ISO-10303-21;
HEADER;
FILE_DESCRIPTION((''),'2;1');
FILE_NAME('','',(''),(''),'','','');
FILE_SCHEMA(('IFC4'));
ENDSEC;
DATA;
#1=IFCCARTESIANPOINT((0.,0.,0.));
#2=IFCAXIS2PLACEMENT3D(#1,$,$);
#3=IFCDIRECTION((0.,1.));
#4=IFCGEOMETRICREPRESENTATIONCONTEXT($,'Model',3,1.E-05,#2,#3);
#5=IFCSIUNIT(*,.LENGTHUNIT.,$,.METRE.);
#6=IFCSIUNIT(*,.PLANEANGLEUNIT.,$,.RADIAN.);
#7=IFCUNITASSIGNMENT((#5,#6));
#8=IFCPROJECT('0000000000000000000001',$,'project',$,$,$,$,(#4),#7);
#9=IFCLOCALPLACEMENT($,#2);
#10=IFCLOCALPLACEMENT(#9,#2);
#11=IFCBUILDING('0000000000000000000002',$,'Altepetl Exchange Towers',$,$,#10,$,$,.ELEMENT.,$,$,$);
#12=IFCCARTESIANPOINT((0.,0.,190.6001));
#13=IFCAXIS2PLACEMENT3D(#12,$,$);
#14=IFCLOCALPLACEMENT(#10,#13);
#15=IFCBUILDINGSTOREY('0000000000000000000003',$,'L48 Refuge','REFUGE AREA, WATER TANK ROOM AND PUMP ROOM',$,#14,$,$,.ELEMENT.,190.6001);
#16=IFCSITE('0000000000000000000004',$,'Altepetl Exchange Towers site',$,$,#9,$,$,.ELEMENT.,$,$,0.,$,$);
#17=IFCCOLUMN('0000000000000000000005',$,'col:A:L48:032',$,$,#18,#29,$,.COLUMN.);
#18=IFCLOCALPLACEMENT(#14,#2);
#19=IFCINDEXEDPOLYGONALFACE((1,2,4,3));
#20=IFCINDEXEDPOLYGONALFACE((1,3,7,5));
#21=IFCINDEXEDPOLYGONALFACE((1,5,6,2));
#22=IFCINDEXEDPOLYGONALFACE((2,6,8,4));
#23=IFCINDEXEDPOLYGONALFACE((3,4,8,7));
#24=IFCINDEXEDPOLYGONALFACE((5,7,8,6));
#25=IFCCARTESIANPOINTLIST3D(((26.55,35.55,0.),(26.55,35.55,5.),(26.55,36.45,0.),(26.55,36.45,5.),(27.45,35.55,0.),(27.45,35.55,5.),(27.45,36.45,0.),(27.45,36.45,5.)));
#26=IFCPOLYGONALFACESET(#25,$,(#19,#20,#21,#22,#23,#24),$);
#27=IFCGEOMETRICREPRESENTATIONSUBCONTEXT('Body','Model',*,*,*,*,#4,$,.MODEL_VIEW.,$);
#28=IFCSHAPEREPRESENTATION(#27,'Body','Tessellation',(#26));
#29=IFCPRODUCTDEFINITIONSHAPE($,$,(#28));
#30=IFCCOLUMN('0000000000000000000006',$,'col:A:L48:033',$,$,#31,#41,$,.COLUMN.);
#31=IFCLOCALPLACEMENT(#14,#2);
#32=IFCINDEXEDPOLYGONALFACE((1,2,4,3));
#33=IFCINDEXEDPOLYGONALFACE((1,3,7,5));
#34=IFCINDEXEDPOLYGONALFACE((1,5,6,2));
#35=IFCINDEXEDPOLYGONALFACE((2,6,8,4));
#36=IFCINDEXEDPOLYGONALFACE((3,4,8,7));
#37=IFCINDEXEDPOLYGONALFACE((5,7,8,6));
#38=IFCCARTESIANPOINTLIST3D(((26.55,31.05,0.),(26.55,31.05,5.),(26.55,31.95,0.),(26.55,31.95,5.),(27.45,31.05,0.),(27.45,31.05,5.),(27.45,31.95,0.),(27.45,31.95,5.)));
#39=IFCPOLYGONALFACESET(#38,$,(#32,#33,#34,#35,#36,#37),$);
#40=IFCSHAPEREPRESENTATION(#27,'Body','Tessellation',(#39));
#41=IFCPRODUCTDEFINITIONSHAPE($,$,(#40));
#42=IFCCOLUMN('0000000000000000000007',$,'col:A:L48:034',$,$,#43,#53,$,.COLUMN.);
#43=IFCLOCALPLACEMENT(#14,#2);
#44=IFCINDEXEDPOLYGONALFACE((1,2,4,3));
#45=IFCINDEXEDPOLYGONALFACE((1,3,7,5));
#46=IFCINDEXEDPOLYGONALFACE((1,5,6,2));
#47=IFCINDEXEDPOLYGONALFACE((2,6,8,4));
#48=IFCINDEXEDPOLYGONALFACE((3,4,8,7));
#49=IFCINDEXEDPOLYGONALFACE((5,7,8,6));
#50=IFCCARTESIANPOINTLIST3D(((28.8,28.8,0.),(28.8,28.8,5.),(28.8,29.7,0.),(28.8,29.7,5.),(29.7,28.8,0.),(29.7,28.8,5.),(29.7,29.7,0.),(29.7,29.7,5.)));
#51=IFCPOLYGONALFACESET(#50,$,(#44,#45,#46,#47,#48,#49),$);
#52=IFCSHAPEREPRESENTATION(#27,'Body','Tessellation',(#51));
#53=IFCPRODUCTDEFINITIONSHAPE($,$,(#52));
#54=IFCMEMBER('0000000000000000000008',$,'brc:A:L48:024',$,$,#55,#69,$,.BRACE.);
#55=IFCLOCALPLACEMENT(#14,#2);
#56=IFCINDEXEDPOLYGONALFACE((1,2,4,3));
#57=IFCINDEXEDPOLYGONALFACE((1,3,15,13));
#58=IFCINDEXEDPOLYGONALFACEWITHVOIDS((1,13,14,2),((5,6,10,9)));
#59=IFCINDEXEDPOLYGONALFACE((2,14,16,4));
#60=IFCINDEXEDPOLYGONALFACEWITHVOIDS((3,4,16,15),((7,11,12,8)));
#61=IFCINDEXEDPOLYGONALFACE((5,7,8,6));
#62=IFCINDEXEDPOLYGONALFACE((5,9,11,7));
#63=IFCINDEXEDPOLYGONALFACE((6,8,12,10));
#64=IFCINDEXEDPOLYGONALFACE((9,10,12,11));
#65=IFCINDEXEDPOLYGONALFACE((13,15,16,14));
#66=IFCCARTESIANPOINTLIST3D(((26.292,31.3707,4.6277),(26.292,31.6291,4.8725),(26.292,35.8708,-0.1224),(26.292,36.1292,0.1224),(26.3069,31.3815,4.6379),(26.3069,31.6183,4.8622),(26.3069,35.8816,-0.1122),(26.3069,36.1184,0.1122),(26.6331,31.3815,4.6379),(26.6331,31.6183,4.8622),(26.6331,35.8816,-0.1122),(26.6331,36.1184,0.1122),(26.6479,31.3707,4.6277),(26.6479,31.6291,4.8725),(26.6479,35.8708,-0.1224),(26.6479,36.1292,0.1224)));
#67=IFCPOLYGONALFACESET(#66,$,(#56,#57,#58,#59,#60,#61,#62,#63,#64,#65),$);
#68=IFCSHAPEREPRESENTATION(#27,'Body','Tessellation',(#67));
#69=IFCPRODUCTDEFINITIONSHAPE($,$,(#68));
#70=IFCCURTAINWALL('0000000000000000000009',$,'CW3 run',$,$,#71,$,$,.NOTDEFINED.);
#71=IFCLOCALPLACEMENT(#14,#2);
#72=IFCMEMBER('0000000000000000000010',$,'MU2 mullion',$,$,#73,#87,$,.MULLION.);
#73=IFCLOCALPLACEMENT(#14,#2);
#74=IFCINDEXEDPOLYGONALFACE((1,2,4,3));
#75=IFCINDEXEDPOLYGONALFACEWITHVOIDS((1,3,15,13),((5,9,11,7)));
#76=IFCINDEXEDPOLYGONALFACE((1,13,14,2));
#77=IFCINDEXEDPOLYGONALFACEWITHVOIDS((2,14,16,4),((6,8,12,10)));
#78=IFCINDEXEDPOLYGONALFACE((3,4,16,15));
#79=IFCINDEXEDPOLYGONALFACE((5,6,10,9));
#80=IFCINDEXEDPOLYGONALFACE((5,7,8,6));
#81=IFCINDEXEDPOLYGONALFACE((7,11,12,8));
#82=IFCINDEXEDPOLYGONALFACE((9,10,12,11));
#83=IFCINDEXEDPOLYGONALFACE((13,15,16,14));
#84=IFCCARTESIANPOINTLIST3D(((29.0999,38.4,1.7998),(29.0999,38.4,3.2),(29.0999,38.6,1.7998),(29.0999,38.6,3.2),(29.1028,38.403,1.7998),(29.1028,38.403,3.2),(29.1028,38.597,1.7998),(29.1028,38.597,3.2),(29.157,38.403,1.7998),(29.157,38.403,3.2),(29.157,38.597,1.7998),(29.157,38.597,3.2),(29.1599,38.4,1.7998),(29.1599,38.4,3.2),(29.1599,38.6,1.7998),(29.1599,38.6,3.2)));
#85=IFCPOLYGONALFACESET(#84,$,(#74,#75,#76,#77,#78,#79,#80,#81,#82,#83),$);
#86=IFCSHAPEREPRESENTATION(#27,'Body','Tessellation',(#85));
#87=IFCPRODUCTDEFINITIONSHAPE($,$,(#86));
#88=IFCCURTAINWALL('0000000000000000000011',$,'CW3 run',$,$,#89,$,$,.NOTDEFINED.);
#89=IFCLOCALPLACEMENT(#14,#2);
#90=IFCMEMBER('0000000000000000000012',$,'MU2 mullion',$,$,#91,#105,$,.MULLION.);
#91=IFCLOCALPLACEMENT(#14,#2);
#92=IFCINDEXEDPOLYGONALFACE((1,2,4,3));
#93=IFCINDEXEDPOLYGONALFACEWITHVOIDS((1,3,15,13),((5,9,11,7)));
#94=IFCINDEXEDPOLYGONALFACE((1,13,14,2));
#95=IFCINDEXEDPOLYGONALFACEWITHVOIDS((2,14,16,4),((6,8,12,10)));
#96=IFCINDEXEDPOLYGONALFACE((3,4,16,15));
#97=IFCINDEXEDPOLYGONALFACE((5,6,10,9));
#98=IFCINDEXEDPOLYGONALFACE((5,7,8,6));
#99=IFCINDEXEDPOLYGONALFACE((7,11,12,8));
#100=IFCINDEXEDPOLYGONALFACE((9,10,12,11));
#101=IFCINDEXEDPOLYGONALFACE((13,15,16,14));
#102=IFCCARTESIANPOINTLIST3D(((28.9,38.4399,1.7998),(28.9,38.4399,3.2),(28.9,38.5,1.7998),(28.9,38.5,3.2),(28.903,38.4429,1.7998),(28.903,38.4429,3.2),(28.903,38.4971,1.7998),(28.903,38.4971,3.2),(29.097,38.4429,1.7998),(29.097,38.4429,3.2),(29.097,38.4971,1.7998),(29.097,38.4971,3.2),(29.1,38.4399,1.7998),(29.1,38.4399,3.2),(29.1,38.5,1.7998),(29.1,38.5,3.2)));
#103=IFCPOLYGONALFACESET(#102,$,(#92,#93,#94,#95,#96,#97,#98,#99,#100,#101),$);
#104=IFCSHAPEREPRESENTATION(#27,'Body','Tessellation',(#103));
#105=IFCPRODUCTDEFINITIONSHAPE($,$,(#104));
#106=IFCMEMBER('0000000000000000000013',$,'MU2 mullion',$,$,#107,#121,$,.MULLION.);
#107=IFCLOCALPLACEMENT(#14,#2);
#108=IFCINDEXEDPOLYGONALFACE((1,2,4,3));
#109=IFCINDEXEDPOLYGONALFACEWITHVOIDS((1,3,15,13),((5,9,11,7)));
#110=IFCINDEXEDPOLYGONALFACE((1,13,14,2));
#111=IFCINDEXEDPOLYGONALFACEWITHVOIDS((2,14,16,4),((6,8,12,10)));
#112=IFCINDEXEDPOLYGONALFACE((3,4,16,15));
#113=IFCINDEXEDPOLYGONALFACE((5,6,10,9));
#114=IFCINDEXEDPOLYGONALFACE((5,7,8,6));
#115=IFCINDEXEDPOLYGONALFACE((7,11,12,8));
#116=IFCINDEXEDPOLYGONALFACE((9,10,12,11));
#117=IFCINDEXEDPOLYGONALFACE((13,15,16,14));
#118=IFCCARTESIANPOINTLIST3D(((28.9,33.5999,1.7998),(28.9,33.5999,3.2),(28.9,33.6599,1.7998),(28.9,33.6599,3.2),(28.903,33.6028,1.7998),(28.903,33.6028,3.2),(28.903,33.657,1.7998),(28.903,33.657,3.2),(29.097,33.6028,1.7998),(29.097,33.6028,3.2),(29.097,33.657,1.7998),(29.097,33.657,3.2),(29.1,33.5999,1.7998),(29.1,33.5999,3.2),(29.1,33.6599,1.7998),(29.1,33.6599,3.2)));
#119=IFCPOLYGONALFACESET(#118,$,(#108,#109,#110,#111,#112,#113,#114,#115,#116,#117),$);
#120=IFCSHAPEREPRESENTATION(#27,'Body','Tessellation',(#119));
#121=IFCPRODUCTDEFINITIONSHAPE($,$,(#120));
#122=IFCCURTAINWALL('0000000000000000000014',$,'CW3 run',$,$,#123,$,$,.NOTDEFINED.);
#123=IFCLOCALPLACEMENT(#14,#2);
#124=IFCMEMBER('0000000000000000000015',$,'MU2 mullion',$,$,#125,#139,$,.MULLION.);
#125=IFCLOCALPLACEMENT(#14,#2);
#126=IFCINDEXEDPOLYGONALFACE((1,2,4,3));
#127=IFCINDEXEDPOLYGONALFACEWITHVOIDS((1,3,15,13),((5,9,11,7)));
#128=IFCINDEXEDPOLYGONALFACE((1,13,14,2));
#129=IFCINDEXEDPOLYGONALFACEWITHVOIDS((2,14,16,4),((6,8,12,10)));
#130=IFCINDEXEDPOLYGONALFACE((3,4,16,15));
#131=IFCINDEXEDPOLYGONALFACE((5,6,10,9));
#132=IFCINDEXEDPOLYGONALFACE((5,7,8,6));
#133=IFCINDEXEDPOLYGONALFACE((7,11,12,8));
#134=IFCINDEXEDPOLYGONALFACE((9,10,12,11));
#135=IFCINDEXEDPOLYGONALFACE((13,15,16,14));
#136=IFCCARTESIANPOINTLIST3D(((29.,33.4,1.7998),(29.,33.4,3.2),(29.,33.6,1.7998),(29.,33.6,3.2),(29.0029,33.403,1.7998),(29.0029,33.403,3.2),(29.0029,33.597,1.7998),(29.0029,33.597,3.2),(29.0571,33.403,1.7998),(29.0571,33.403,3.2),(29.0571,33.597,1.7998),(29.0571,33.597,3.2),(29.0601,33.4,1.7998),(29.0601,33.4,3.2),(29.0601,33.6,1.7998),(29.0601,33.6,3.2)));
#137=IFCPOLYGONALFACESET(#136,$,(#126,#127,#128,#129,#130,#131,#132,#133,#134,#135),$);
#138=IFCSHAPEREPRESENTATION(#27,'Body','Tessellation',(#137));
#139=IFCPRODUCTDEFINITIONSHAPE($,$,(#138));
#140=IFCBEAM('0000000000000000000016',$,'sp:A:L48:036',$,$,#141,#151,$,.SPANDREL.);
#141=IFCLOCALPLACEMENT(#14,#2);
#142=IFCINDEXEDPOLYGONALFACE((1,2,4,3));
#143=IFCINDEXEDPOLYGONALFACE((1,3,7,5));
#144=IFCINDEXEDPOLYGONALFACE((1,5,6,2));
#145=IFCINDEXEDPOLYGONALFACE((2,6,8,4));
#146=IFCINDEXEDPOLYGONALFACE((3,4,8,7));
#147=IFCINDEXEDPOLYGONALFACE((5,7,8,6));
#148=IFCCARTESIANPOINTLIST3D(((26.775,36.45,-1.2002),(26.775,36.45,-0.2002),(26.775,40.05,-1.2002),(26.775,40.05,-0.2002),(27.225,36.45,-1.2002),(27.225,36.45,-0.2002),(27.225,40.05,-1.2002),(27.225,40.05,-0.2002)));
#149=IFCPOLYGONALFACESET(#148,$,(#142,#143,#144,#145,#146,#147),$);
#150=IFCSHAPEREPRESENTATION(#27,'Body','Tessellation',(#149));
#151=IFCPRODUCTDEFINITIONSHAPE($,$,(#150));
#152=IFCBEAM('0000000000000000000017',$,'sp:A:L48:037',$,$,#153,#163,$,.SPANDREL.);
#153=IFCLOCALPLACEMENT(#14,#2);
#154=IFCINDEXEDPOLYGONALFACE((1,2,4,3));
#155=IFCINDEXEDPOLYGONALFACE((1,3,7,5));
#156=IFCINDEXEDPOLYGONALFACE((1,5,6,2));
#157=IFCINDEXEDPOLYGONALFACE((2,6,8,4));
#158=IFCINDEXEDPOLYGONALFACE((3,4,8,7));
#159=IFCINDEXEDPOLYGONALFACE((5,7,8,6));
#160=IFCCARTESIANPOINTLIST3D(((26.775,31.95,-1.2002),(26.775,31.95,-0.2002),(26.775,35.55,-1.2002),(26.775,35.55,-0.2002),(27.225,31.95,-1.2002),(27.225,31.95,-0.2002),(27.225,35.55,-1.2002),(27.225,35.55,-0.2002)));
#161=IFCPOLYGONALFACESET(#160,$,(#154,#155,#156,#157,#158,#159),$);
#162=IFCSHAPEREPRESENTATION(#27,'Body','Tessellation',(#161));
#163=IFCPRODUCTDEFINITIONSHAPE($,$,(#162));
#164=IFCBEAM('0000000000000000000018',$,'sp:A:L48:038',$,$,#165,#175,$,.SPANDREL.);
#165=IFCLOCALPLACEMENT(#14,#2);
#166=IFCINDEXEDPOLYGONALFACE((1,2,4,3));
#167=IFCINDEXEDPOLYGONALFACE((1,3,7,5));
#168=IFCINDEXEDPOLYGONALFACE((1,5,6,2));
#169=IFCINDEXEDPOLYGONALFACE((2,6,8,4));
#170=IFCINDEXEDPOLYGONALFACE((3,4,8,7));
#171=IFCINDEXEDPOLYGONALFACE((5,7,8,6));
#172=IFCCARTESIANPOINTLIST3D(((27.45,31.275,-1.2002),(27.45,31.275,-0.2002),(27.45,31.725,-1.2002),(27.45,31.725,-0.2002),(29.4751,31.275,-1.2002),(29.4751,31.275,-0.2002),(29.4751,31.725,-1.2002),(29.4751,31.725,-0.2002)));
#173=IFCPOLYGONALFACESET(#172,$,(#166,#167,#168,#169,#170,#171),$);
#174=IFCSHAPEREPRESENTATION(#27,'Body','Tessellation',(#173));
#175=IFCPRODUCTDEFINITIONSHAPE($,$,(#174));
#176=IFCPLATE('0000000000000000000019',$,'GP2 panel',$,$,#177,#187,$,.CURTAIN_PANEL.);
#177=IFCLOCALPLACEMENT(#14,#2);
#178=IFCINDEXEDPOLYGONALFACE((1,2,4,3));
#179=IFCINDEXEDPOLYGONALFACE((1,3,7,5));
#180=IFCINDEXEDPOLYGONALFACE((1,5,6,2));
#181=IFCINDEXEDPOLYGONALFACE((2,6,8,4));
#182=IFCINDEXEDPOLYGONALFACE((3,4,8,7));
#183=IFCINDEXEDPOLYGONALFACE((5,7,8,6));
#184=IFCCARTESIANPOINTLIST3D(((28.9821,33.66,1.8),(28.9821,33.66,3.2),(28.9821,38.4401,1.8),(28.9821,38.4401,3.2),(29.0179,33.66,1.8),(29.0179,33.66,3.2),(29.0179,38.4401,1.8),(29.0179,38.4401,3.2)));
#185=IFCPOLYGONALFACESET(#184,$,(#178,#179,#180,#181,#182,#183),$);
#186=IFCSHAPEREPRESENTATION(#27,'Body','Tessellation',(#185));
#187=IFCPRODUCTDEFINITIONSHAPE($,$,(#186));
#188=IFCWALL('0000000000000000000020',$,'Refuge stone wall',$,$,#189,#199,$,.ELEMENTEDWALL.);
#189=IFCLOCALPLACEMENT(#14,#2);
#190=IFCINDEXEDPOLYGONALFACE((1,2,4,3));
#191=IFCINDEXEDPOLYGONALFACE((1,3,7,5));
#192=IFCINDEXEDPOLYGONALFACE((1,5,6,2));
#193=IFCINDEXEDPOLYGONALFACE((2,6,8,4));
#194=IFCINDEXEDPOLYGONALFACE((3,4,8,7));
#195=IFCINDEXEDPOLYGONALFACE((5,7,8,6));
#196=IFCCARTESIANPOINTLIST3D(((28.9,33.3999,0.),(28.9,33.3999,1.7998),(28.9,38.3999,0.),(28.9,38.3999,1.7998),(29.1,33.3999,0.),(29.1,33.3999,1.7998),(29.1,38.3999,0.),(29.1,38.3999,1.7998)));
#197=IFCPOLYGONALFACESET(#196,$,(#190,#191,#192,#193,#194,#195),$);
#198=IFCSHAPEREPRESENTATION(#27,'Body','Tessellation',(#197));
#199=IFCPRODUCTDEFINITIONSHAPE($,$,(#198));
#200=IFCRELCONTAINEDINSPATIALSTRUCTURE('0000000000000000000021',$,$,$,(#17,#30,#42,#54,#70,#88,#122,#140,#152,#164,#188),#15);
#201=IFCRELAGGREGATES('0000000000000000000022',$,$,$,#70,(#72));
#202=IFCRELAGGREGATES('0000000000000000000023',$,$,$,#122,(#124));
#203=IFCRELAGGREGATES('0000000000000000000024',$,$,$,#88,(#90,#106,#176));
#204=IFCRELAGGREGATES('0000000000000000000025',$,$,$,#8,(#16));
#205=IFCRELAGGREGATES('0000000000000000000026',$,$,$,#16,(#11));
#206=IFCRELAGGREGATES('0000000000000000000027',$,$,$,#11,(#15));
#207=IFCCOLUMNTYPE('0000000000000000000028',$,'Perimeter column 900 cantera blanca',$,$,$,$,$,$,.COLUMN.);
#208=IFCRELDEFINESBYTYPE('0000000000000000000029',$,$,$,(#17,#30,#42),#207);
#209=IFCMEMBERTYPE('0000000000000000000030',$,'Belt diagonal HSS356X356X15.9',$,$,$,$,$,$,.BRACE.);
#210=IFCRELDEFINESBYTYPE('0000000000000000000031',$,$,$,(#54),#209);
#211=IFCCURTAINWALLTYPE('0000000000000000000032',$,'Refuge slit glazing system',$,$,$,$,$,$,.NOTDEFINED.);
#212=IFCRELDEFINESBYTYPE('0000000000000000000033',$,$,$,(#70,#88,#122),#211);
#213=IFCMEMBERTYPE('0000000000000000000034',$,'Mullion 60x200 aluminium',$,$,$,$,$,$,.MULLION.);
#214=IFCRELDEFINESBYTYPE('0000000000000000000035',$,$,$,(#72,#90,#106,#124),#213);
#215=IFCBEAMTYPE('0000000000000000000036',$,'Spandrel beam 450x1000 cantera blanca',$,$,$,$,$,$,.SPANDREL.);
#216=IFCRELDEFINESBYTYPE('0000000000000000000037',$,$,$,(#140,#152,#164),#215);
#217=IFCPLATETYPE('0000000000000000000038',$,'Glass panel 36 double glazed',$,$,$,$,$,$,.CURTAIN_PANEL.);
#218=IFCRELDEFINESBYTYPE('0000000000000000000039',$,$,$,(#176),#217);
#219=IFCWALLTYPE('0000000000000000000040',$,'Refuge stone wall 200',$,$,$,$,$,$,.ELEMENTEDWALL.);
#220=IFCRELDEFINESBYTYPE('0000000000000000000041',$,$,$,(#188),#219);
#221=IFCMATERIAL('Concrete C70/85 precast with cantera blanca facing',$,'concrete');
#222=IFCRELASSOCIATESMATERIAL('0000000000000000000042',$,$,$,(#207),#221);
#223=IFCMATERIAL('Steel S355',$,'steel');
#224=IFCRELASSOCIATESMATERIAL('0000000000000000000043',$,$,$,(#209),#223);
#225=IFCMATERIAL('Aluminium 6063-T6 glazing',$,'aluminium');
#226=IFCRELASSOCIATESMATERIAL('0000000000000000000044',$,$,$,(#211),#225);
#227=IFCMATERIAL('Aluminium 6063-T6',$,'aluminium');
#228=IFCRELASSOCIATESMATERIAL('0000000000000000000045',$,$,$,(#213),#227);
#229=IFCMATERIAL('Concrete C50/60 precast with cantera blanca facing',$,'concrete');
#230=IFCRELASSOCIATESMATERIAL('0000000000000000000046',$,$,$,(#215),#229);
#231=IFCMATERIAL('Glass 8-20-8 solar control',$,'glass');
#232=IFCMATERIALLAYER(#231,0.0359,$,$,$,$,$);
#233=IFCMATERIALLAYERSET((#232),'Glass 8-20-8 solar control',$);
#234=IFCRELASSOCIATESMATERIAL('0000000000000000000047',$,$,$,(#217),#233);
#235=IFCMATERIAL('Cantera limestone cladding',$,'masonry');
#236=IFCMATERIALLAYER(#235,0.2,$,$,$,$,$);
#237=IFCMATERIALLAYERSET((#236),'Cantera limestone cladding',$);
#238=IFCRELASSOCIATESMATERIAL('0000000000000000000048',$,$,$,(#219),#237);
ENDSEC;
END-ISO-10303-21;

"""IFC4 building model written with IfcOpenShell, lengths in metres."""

from ifc_helpers import new_model, si_unit, direction, frame, frame_2d, origin, origin_2d, place, context, subcontext, project, spatial, rectangle, hollow_rectangle, extrude, material, layer, layer_set, material_profile, profile_set, type_object, element, aggregate, save


model = new_model("IFC4")

# Units and contexts
model_context = context("Model", 3, precision=1e-05, world=origin(), true_north=direction((0.0, 1.0)))
body_context = subcontext(model_context, "Body", "Model", "MODEL_VIEW")
ifc_project = project(units=[si_unit("LENGTHUNIT", "METRE"), si_unit("PLANEANGLEUNIT", "RADIAN")], contexts=[model_context])

# Site, building, storey
site_placement = place(None, origin())
site = spatial("IfcSite", under=ifc_project, at=site_placement, Name="Altepetl Exchange Towers site", CompositionType="ELEMENT", RefElevation=0.0)
building_placement = place(site_placement, origin())
building = spatial("IfcBuilding", under=site, at=building_placement, Name="Altepetl Exchange Towers", CompositionType="ELEMENT")
storey_placement = place(building_placement, frame((0.0, 0.0, 190.6001)))
storey = spatial("IfcBuildingStorey", under=building, at=storey_placement, Name="L48 Refuge", Description="REFUGE AREA, WATER TANK ROOM AND PUMP ROOM", CompositionType="ELEMENT", Elevation=190.6001)

# Columns
ifc_material_1 = material(Name="Concrete C70/85 precast with cantera blanca facing", Category="concrete")
ifc_material_profile_1 = material_profile(ifc_material_1, rectangle(XDim=0.8999, YDim=0.8999, at=origin_2d()), Name="900 x 900")
ifc_profile_set_1 = profile_set([ifc_material_profile_1], Name="Concrete C70/85 precast with cantera blanca facing")
column_type = type_object("IfcColumnType", Name="Perimeter column 900 cantera blanca", PredefinedType="COLUMN", material=ifc_profile_set_1)
for number, where, name in (
    (1, (27.0, 36.0, 0.0), "col:A:L48:032"),
    (2, (27.0, 31.5, 0.0), "col:A:L48:033"),
    (3, (29.25, 29.25, 0.0), "col:A:L48:034"),
):
    element("IfcColumn", number, at=place(storey_placement, frame(where)), inside=storey, type_object=column_type, Name=name, PredefinedType="COLUMN", context=body_context, shape_type="SweptSolid", body=[
        extrude(rectangle(XDim=0.8999, YDim=0.8999, at=origin_2d()), origin(), (0.0, 0.0, 1.0), 5.0),
    ])

# Member
ifc_material_2 = material(Name="Steel S355", Category="steel")
ifc_material_profile_2 = material_profile(ifc_material_2, hollow_rectangle(XDim=0.356, YDim=0.356, WallThickness=0.0149, at=origin_2d()), Name="HSS356X356X15.9")
ifc_profile_set_2 = profile_set([ifc_material_profile_2], Name="Steel S355")
member_type_1 = type_object("IfcMemberType", Name="Belt diagonal HSS356X356X15.9", PredefinedType="BRACE", material=ifc_profile_set_2)
member_1_placement = place(storey_placement, frame((26.47, 36.0, 0.0), z_axis=(0.0, -0.687745, 0.725953), x_axis=(1.0, 0.0, 0.0)))
element("IfcMember", 4, at=member_1_placement, inside=storey, type_object=member_type_1, Name="brc:A:L48:024", PredefinedType="BRACE", context=body_context, shape_type="SweptSolid", body=[
    extrude(hollow_rectangle(XDim=0.356, YDim=0.356, WallThickness=0.0149, at=origin_2d()), origin(), (0.0, 0.0, 1.0), 6.5432),
])

# Curtain wall, member
ifc_material_3 = material(Name="Aluminium 6063-T6 glazing", Category="aluminium")
curtain_wall_type = type_object("IfcCurtainWallType", Name="Refuge slit glazing system", PredefinedType="NOTDEFINED", material=ifc_material_3)
curtain_wall_1_placement = place(storey_placement, origin())
curtain_wall_1 = element("IfcCurtainWall", 5, at=curtain_wall_1_placement, inside=storey, type_object=curtain_wall_type, Name="CW3 run", PredefinedType="NOTDEFINED")
ifc_material_4 = material(Name="Aluminium 6063-T6", Category="aluminium")
ifc_material_profile_3 = material_profile(ifc_material_4, hollow_rectangle(XDim=0.0601, YDim=0.2, WallThickness=0.0029, at=origin_2d()), Name="Mullion 60x200 aluminium")
ifc_profile_set_3 = profile_set([ifc_material_profile_3], Name="Aluminium 6063-T6")
member_type_2 = type_object("IfcMemberType", Name="Mullion 60x200 aluminium", PredefinedType="MULLION", material=ifc_profile_set_3)
member_2_placement = place(storey_placement, frame((29.1299, 38.5, 1.7998), z_axis=(0.0, 0.0, 1.0), x_axis=(-1.0, 0.0, 0.0)))
member_2 = element("IfcMember", 6, at=member_2_placement, type_object=member_type_2, Name="MU2 mullion", PredefinedType="MULLION", context=body_context, shape_type="SweptSolid", body=[
    extrude(hollow_rectangle(XDim=0.0601, YDim=0.2, WallThickness=0.0029, at=origin_2d()), origin(), (0.0, 0.0, 1.0), 1.4001),
])
aggregate(curtain_wall_1, [member_2])

# Curtain wall, members
curtain_wall_2_placement = place(storey_placement, origin())
curtain_wall_2 = element("IfcCurtainWall", 7, at=curtain_wall_2_placement, inside=storey, type_object=curtain_wall_type, Name="CW3 run", PredefinedType="NOTDEFINED")
member_3_placement = place(storey_placement, frame((29.0, 38.47, 1.7998), z_axis=(0.0, 0.0, 1.0), x_axis=(0.0, -1.0, 0.0)))
member_3 = element("IfcMember", 8, at=member_3_placement, type_object=member_type_2, Name="MU2 mullion", PredefinedType="MULLION", context=body_context, shape_type="SweptSolid", body=[
    extrude(hollow_rectangle(XDim=0.0601, YDim=0.2, WallThickness=0.0029, at=origin_2d()), origin(), (0.0, 0.0, 1.0), 1.4001),
])
member_4_placement = place(storey_placement, frame((29.0, 33.6299, 1.7998), z_axis=(0.0, 0.0, 1.0), x_axis=(0.0, -1.0, 0.0)))
member_4 = element("IfcMember", 9, at=member_4_placement, type_object=member_type_2, Name="MU2 mullion", PredefinedType="MULLION", context=body_context, shape_type="SweptSolid", body=[
    extrude(hollow_rectangle(XDim=0.0601, YDim=0.2, WallThickness=0.0029, at=origin_2d()), origin(), (0.0, 0.0, 1.0), 1.4001),
])

# Curtain wall, member
curtain_wall_3_placement = place(storey_placement, origin())
curtain_wall_3 = element("IfcCurtainWall", 10, at=curtain_wall_3_placement, inside=storey, type_object=curtain_wall_type, Name="CW3 run", PredefinedType="NOTDEFINED")
member_5_placement = place(storey_placement, frame((29.03, 33.5, 1.7998)))
member_5 = element("IfcMember", 11, at=member_5_placement, type_object=member_type_2, Name="MU2 mullion", PredefinedType="MULLION", context=body_context, shape_type="SweptSolid", body=[
    extrude(hollow_rectangle(XDim=0.0601, YDim=0.2, WallThickness=0.0029, at=origin_2d()), origin(), (0.0, 0.0, 1.0), 1.4001),
])
aggregate(curtain_wall_3, [member_5])

# Beams
ifc_material_5 = material(Name="Concrete C50/60 precast with cantera blanca facing", Category="concrete")
ifc_material_profile_4 = material_profile(ifc_material_5, rectangle(XDim=0.45, YDim=1.0, at=origin_2d()), Name="450 x 1000")
ifc_profile_set_4 = profile_set([ifc_material_profile_4], Name="Concrete C50/60 precast with cantera blanca facing")
beam_type = type_object("IfcBeamType", Name="Spandrel beam 450x1000 cantera blanca", PredefinedType="SPANDREL", material=ifc_profile_set_4)
for number, where, z_axis, x_axis, name in (
    (12, (27.0, 40.05, -0.7002), (0.0, -1.0, 0.0), (1.0, 0.0, 0.0), "sp:A:L48:036"),
    (13, (27.0, 35.55, -0.7002), (0.0, -1.0, 0.0), (1.0, 0.0, 0.0), "sp:A:L48:037"),
):
    element("IfcBeam", number, at=place(storey_placement, frame(where, z_axis=z_axis, x_axis=x_axis)), inside=storey, type_object=beam_type, Name=name, PredefinedType="SPANDREL", context=body_context, shape_type="SweptSolid", body=[
        extrude(rectangle(XDim=0.45, YDim=1.0, at=origin_2d()), origin(), (0.0, 0.0, 1.0), 3.6001),
    ])
beam_placement = place(storey_placement, frame((27.45, 31.5, -0.7002), z_axis=(1.0, 0.0, 0.0), x_axis=(0.0, 1.0, 0.0)))
element("IfcBeam", 14, at=beam_placement, inside=storey, type_object=beam_type, Name="sp:A:L48:038", PredefinedType="SPANDREL", context=body_context, shape_type="SweptSolid", body=[
    extrude(rectangle(XDim=0.45, YDim=1.0, at=origin_2d()), origin(), (0.0, 0.0, 1.0), 2.0251),
])

# Plate
ifc_material_6 = material(Name="Glass 8-20-8 solar control", Category="glass")
ifc_layer_1 = layer(ifc_material_6, 0.0359)
ifc_layer_set_1 = layer_set([ifc_layer_1], Name="Glass 8-20-8 solar control")
plate_type = type_object("IfcPlateType", Name="Glass panel 36 double glazed", PredefinedType="CURTAIN_PANEL", material=ifc_layer_set_1)
plate_placement = place(storey_placement, frame((29.0, 36.05, 1.8), z_axis=(0.0, 0.0, 1.0), x_axis=(0.0, -1.0, 0.0)))
plate = element("IfcPlate", 15, at=plate_placement, type_object=plate_type, Name="GP2 panel", PredefinedType="CURTAIN_PANEL", context=body_context, shape_type="SweptSolid", body=[
    extrude(rectangle(XDim=4.78, YDim=0.0359, at=origin_2d()), origin(), (0.0, 0.0, 1.0), 1.3999),
])
aggregate(curtain_wall_2, [member_3, member_4, plate])

# Wall
ifc_material_7 = material(Name="Cantera limestone cladding", Category="masonry")
ifc_layer_2 = layer(ifc_material_7, 0.2)
ifc_layer_set_2 = layer_set([ifc_layer_2], Name="Cantera limestone cladding")
wall_type = type_object("IfcWallType", Name="Refuge stone wall 200", PredefinedType="ELEMENTEDWALL", material=ifc_layer_set_2)
wall_1_placement = place(storey_placement, frame((29.0, 38.3999, 0.0), z_axis=(0.0, 0.0, 1.0), x_axis=(0.0, -1.0, 0.0)))
element("IfcWall", 16, at=wall_1_placement, inside=storey, type_object=wall_type, Name="Refuge stone wall", PredefinedType="ELEMENTEDWALL", context=body_context, shape_type="SweptSolid", body=[
    extrude(rectangle(XDim=5.0, YDim=0.2, at=frame_2d((2.5, 0.0))), origin(), (0.0, 0.0, 1.0), 1.7998),
])

save(model, "model.ifc")
